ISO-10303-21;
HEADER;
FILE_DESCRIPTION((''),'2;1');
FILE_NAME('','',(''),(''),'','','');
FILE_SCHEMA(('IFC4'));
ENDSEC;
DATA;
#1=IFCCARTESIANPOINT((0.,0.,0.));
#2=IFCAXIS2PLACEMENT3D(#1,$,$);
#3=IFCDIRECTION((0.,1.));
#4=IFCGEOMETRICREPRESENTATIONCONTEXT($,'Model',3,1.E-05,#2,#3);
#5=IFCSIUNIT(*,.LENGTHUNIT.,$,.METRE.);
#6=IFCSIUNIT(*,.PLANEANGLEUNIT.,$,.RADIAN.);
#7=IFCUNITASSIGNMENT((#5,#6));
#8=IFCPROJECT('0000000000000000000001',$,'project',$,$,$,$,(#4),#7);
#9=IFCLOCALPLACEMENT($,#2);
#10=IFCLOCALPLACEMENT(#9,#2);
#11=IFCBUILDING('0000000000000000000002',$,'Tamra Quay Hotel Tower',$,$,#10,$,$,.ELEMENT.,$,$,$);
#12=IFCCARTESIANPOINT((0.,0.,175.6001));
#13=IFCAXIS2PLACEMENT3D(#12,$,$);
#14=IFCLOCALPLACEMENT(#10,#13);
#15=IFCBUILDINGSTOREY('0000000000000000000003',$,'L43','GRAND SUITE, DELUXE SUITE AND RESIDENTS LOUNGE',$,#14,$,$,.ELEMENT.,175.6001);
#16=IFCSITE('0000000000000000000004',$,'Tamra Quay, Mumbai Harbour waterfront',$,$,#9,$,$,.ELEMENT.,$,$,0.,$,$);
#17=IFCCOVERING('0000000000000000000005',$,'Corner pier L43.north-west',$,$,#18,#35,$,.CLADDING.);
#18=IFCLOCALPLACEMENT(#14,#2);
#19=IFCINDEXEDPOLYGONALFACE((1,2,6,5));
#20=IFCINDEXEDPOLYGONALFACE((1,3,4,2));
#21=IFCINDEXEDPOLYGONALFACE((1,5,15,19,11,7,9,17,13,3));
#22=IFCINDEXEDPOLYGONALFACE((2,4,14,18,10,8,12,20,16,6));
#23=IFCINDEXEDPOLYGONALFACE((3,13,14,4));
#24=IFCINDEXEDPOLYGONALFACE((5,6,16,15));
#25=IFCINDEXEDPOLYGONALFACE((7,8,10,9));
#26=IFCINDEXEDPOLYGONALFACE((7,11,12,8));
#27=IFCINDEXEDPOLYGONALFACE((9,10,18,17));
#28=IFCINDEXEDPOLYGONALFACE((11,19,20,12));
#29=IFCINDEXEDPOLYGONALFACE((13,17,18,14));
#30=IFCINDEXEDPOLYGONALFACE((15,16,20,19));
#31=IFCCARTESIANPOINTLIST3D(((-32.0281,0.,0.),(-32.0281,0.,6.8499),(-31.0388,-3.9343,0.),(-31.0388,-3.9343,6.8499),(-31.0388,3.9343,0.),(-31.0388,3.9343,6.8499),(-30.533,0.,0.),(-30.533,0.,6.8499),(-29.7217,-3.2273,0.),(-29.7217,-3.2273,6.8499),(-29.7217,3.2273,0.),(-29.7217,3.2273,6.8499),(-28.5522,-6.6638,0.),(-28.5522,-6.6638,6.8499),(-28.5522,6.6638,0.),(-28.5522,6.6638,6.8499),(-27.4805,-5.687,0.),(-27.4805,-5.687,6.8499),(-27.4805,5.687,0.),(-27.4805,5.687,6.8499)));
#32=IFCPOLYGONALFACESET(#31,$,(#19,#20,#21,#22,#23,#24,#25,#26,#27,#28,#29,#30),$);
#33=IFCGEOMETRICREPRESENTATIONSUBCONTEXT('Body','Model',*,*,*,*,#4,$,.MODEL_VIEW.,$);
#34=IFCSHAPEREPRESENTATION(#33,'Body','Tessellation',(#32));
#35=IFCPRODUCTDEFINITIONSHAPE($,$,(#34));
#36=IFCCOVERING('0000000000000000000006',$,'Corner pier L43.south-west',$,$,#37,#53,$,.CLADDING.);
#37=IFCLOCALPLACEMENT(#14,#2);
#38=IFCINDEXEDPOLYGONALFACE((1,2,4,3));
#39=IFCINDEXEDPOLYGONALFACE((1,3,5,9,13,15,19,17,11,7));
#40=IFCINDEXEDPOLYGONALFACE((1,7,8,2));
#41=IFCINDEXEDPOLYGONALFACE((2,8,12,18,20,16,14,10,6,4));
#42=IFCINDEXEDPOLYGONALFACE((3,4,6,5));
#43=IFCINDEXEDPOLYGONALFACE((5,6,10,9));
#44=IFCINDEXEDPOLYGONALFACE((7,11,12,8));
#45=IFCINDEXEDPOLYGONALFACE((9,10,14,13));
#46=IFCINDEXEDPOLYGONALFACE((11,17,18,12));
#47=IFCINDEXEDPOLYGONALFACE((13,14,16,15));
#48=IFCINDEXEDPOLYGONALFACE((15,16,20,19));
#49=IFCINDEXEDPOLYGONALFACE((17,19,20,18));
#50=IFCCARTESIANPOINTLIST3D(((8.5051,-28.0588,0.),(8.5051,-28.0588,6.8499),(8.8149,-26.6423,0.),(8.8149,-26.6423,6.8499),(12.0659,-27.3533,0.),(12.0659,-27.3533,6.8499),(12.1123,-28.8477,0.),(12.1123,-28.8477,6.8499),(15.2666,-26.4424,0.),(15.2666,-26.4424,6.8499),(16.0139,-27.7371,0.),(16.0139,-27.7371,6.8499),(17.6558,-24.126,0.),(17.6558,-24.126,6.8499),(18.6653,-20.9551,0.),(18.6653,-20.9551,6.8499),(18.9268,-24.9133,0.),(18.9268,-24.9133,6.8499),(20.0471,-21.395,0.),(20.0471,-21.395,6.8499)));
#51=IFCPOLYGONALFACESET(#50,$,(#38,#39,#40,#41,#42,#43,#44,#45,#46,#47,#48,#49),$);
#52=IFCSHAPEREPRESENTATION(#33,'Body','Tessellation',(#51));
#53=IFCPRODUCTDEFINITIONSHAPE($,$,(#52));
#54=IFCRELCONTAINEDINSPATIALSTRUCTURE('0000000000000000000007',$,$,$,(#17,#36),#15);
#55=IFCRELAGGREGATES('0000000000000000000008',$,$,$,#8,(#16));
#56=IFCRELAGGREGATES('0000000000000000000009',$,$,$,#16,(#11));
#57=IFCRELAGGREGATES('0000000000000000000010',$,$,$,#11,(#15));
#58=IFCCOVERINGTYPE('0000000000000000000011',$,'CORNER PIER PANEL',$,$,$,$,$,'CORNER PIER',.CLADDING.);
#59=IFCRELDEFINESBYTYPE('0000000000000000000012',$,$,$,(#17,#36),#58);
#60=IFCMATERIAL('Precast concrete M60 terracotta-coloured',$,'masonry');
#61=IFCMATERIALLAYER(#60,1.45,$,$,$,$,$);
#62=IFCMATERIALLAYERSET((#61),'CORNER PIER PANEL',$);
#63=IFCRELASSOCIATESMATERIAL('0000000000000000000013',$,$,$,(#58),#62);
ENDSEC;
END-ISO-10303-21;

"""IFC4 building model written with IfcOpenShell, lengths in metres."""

from ifc_helpers import new_model, si_unit, direction, frame, origin, place, context, subcontext, project, spatial, polyline, outline, extrude, material, layer, layer_set, type_object, element, save


model = new_model("IFC4")

# Units and contexts
model_context = context("Model", 3, precision=1e-05, world=origin(), true_north=direction((0.0, 1.0)))
body_context = subcontext(model_context, "Body", "Model", "MODEL_VIEW")
ifc_project = project(units=[si_unit("LENGTHUNIT", "METRE"), si_unit("PLANEANGLEUNIT", "RADIAN")], contexts=[model_context])

# Site, building, storey
site_placement = place(None, origin())
site = spatial("IfcSite", under=ifc_project, at=site_placement, Name="Tamra Quay, Mumbai Harbour waterfront", CompositionType="ELEMENT", RefElevation=0.0)
building_placement = place(site_placement, origin())
building = spatial("IfcBuilding", under=site, at=building_placement, Name="Tamra Quay Hotel Tower", CompositionType="ELEMENT")
storey_placement = place(building_placement, frame((0.0, 0.0, 175.6001)))
storey = spatial("IfcBuildingStorey", under=building, at=storey_placement, Name="L43", Description="GRAND SUITE, DELUXE SUITE AND RESIDENTS LOUNGE", CompositionType="ELEMENT", Elevation=175.6001)

# Coverings
ifc_material_1 = material(Name="Precast concrete M60 terracotta-coloured", Category="masonry")
ifc_layer_1 = layer(ifc_material_1, 1.45)
ifc_layer_set_1 = layer_set([ifc_layer_1], Name="CORNER PIER PANEL")
covering_type = type_object("IfcCoveringType", Name="CORNER PIER PANEL", ElementType="CORNER PIER", PredefinedType="CLADDING", material=ifc_layer_set_1)
covering_1_placement = place(storey_placement, origin())
element("IfcCovering", 1, at=covering_1_placement, inside=storey, type_object=covering_type, Name="Corner pier L43.north-west", PredefinedType="CLADDING", context=body_context, shape_type="SweptSolid", body=[
    extrude(outline(polyline([(-27.4805, 5.687), (-28.5522, 6.6638), (-31.0388, 3.9343), (-32.0281, 0.0), (-31.0388, -3.9343), (-28.5522, -6.6638), (-27.4805, -5.687), (-29.7217, -3.2273), (-30.533, 0.0), (-29.7217, 3.2273), (-27.4805, 5.687)])), origin(), (0.0, 0.0, 1.0), 6.8499),
])
covering_2_placement = place(storey_placement, origin())
element("IfcCovering", 2, at=covering_2_placement, inside=storey, type_object=covering_type, Name="Corner pier L43.south-west", PredefinedType="CLADDING", context=body_context, shape_type="SweptSolid", body=[
    extrude(outline(polyline([(8.8149, -26.6423), (8.5051, -28.0588), (12.1123, -28.8477), (16.0139, -27.7371), (18.9268, -24.9133), (20.0471, -21.395), (18.6653, -20.9551), (17.6558, -24.126), (15.2666, -26.4424), (12.0659, -27.3533), (8.8149, -26.6423)])), origin(), (0.0, 0.0, 1.0), 6.8499),
])

save(model, "model.ifc")
